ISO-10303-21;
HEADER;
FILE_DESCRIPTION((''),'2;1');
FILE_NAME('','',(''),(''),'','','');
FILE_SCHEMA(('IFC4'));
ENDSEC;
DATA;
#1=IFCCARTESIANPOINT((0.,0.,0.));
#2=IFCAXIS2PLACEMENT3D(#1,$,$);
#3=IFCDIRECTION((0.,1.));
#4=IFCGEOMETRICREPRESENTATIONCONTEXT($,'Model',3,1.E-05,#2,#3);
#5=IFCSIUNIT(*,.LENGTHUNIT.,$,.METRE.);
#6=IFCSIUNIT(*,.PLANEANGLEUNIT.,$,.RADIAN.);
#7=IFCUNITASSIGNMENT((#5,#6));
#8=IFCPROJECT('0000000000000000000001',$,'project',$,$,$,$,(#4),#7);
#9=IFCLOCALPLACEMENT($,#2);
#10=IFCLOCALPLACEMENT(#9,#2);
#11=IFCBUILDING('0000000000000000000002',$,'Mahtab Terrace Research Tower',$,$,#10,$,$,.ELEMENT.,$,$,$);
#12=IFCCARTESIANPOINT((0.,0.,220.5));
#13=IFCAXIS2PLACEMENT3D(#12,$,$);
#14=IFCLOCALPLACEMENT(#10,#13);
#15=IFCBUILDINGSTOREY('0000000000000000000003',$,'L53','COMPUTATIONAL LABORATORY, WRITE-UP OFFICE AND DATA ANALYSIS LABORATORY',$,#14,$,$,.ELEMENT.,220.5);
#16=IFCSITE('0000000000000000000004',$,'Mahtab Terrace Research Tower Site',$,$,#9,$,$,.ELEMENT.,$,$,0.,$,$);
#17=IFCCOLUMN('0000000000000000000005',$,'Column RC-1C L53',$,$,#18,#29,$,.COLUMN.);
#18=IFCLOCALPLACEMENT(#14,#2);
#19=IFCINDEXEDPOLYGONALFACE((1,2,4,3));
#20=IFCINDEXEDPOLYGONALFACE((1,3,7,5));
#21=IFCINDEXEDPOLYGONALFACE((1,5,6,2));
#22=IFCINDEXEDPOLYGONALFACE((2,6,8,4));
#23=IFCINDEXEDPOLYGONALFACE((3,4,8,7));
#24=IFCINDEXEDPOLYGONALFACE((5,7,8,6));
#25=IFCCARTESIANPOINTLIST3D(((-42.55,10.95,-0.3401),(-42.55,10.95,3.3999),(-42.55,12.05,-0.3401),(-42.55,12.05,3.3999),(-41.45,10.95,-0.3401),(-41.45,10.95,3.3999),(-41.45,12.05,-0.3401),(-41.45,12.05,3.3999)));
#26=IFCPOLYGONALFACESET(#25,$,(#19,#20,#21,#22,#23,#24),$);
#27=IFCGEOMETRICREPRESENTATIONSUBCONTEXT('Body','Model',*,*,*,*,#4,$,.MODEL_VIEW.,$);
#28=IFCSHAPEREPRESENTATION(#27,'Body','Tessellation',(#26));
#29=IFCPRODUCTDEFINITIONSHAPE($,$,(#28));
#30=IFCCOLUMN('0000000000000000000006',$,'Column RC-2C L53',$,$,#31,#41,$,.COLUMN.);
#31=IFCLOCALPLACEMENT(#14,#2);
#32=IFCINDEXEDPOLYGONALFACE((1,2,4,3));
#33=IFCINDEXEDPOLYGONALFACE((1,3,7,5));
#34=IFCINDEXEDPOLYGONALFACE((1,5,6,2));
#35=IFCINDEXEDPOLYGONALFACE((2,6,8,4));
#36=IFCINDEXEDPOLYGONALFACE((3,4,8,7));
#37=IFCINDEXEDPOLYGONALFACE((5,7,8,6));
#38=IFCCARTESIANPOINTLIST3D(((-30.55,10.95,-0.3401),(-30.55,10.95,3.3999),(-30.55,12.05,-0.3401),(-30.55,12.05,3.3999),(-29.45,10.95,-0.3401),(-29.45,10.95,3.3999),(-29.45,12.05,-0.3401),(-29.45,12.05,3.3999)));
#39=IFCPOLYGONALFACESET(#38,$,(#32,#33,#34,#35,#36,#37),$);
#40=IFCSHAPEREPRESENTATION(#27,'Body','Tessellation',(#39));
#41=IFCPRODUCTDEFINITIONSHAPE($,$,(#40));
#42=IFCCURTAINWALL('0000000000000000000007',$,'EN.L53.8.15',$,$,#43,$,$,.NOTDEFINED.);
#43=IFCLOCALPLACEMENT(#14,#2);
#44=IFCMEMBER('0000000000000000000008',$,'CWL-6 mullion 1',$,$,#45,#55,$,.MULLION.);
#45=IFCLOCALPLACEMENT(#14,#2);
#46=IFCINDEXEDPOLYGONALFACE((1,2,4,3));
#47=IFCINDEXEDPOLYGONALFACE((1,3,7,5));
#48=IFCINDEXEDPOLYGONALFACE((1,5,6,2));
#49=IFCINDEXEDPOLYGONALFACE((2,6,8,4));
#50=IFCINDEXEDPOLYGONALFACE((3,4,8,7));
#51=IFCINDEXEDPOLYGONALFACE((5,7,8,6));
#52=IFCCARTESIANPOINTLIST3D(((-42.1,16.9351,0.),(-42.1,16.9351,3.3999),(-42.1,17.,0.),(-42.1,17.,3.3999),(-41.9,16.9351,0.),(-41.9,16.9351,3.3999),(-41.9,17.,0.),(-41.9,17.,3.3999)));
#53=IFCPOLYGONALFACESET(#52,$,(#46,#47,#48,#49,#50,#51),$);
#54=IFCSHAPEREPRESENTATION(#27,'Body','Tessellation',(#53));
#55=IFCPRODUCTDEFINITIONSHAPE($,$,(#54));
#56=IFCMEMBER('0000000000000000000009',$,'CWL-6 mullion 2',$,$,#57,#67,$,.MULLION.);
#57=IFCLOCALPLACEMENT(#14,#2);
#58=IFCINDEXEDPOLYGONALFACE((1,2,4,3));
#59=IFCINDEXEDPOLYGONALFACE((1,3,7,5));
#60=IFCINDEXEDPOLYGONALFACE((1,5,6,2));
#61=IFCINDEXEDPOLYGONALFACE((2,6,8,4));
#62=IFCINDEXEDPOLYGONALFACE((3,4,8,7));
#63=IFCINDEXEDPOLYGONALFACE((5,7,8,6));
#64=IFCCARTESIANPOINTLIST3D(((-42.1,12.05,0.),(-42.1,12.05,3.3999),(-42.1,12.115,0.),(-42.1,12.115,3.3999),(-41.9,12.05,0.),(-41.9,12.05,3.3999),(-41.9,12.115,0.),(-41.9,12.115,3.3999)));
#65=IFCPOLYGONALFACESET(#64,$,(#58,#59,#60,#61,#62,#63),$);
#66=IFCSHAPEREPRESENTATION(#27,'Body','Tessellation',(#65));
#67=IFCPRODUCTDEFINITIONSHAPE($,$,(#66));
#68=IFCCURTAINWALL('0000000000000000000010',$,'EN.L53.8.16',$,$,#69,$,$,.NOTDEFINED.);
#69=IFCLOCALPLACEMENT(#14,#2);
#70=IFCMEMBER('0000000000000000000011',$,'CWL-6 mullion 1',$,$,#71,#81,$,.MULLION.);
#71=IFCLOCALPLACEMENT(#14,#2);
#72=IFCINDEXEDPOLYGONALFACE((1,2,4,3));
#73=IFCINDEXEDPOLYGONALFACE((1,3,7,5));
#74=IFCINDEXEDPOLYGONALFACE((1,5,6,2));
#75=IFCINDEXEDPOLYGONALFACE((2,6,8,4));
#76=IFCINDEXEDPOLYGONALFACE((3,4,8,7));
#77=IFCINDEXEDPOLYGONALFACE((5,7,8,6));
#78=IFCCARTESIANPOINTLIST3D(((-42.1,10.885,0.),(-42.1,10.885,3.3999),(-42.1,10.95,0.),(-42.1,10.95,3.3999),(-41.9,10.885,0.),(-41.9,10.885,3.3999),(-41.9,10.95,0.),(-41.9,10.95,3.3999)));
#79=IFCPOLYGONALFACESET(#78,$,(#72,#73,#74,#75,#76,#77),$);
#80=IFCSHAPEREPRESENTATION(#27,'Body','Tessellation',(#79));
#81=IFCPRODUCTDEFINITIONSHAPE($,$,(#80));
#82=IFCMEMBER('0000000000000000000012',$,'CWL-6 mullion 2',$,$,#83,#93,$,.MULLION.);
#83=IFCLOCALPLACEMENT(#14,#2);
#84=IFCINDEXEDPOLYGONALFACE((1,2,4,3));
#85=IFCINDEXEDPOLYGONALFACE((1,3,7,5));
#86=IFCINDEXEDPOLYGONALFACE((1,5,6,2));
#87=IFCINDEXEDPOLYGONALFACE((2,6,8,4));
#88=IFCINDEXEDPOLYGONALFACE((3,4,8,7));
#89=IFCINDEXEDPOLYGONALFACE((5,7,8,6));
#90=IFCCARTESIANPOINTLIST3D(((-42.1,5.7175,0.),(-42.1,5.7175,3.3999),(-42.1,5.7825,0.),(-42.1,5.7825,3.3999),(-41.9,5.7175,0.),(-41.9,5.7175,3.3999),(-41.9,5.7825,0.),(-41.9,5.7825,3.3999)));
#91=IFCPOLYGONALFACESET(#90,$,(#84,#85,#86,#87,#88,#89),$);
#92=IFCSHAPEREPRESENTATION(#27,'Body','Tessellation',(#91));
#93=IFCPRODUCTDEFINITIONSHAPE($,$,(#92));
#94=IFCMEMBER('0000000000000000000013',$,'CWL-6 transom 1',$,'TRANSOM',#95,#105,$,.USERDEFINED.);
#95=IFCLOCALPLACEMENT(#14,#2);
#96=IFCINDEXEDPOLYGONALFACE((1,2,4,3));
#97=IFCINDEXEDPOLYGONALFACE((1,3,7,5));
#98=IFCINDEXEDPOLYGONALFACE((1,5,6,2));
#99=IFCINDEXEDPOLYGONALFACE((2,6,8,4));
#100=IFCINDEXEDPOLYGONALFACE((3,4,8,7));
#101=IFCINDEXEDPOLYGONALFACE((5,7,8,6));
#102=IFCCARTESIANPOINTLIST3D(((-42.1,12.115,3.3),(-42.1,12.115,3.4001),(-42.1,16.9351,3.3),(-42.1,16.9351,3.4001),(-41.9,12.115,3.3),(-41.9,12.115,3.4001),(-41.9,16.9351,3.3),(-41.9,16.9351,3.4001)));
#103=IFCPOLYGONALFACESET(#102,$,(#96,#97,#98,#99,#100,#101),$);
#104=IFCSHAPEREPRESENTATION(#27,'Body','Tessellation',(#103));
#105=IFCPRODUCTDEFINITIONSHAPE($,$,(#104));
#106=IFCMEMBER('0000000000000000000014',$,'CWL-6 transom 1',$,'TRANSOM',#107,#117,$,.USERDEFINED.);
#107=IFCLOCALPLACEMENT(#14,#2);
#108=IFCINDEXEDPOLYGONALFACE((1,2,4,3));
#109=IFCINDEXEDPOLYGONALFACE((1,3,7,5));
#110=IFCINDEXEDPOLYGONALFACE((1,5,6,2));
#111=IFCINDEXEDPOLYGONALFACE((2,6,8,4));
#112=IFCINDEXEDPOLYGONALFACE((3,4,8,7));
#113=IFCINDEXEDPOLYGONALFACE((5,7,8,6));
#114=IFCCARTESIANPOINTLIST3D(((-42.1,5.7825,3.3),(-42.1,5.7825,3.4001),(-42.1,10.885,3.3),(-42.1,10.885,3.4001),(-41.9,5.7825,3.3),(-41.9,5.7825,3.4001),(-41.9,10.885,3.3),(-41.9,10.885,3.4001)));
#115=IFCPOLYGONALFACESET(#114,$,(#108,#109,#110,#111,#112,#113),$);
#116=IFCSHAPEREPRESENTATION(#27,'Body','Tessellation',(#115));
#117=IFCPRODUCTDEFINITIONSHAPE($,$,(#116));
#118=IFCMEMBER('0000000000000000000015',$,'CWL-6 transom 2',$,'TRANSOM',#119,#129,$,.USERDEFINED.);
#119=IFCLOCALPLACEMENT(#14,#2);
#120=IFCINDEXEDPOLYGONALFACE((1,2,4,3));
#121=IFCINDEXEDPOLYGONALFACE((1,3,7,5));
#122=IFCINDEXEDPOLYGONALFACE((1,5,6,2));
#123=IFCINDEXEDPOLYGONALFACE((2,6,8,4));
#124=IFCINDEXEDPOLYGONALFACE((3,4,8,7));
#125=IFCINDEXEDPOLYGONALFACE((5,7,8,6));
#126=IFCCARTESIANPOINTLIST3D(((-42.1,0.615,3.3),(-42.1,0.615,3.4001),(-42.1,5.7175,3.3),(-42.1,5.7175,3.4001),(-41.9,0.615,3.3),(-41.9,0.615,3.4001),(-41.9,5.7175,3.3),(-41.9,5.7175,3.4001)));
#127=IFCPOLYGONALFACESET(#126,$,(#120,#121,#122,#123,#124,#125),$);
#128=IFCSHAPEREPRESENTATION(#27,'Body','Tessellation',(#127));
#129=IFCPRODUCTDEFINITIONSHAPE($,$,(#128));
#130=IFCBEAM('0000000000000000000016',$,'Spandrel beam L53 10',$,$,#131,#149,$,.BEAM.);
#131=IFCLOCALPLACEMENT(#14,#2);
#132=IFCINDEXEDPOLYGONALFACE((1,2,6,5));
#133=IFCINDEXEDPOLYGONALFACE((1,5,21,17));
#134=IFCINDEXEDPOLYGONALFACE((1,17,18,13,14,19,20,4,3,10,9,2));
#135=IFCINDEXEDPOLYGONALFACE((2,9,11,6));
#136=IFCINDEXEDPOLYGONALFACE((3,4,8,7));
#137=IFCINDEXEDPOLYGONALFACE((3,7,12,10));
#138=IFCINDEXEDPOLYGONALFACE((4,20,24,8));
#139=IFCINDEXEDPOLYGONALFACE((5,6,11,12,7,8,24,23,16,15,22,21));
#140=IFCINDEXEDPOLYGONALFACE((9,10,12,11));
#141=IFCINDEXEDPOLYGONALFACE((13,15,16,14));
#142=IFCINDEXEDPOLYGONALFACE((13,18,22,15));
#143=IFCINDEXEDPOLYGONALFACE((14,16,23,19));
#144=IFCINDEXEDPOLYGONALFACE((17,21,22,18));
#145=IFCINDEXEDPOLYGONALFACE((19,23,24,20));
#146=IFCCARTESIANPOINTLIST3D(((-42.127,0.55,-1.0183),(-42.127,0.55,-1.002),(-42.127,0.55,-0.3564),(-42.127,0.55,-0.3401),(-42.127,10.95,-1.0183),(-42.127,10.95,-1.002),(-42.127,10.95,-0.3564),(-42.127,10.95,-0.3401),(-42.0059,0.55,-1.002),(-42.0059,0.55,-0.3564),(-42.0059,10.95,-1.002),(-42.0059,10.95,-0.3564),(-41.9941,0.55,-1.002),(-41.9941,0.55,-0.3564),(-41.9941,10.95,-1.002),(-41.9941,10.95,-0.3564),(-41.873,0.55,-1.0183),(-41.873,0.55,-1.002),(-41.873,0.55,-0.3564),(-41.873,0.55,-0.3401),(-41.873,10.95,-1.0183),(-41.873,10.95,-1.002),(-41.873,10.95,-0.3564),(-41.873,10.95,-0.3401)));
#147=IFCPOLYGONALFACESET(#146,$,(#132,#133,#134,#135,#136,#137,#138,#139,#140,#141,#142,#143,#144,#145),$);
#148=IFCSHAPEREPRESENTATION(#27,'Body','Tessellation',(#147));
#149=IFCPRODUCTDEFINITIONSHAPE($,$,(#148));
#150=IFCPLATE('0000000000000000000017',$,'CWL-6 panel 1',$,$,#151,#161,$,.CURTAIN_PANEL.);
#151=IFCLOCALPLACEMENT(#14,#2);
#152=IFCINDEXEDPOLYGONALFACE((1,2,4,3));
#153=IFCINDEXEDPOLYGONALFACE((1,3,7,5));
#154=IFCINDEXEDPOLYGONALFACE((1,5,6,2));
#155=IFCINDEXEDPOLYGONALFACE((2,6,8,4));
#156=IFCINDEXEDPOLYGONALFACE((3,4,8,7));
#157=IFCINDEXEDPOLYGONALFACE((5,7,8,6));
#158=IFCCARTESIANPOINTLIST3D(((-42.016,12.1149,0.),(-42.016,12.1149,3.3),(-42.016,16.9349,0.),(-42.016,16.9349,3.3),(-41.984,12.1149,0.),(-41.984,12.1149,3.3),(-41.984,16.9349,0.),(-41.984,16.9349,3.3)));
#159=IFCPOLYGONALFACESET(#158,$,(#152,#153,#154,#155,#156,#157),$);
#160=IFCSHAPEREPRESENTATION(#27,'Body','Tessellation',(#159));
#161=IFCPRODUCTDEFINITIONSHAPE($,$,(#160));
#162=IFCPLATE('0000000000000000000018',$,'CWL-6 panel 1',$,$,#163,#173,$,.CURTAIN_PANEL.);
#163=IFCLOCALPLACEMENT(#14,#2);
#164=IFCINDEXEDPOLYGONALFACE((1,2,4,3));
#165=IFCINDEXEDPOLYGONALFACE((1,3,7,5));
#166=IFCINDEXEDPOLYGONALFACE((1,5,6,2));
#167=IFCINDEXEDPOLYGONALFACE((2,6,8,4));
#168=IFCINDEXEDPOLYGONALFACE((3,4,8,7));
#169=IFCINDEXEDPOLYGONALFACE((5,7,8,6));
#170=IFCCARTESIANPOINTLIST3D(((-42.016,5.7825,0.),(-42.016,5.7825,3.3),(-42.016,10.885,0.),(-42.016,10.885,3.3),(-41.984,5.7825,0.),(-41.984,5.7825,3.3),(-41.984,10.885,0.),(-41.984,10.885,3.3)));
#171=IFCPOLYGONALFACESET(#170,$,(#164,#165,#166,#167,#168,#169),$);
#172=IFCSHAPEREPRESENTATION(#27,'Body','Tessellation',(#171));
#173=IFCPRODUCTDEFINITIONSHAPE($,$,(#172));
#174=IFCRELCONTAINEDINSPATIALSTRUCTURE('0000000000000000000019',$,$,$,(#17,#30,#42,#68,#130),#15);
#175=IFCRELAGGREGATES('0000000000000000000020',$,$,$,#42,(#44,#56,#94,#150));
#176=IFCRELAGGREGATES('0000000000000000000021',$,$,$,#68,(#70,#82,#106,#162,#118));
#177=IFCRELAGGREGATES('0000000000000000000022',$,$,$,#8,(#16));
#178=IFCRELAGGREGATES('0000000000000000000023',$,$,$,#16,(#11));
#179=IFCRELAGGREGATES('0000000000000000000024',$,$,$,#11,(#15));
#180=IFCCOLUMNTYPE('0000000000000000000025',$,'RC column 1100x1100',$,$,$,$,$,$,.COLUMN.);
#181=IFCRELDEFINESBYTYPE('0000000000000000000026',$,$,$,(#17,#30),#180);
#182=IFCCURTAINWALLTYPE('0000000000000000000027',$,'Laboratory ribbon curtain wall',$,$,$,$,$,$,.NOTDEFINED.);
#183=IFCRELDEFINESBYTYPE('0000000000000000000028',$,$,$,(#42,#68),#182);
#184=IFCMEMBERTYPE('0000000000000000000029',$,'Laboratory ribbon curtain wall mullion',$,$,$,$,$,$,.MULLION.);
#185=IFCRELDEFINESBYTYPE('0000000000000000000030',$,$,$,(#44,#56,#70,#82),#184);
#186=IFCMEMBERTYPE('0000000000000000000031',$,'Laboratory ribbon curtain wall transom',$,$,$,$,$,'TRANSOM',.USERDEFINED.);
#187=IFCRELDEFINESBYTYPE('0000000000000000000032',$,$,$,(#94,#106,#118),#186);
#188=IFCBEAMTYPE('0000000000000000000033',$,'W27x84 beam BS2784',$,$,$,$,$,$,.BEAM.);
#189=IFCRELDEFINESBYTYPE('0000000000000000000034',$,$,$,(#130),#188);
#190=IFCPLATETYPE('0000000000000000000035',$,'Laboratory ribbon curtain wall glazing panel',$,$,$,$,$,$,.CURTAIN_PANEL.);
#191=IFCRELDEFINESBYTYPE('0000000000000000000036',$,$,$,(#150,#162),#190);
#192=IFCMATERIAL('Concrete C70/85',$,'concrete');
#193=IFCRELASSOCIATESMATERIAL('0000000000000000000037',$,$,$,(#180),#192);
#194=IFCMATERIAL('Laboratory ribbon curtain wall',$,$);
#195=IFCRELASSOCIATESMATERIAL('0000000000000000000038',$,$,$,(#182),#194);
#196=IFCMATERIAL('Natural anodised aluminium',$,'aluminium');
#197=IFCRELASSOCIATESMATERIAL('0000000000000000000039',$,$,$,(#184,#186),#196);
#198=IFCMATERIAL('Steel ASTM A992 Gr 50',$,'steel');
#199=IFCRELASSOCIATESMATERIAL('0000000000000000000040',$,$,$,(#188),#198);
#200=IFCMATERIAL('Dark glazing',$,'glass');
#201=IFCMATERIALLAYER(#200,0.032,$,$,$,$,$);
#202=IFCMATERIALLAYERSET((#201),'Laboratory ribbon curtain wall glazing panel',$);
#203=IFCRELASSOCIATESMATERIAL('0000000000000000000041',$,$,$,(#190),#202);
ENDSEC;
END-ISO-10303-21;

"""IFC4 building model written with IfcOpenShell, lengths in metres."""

from ifc_helpers import new_model, si_unit, direction, frame, origin, origin_2d, place, context, subcontext, project, spatial, rectangle, i_section, extrude, material, layer, layer_set, material_profile, profile_set, type_object, element, aggregate, save


model = new_model("IFC4")

# Units and contexts
model_context = context("Model", 3, precision=1e-05, world=origin(), true_north=direction((0.0, 1.0)))
body_context = subcontext(model_context, "Body", "Model", "MODEL_VIEW")
ifc_project = project(units=[si_unit("LENGTHUNIT", "METRE"), si_unit("PLANEANGLEUNIT", "RADIAN")], contexts=[model_context])

# Site, building, storey
site_placement = place(None, origin())
site = spatial("IfcSite", under=ifc_project, at=site_placement, Name="Mahtab Terrace Research Tower Site", CompositionType="ELEMENT", RefElevation=0.0)
building_placement = place(site_placement, origin())
building = spatial("IfcBuilding", under=site, at=building_placement, Name="Mahtab Terrace Research Tower", CompositionType="ELEMENT")
storey_placement = place(building_placement, frame((0.0, 0.0, 220.5)))
storey = spatial("IfcBuildingStorey", under=building, at=storey_placement, Name="L53", Description="COMPUTATIONAL LABORATORY, WRITE-UP OFFICE AND DATA ANALYSIS LABORATORY", CompositionType="ELEMENT", Elevation=220.5)

# Columns
ifc_material_1 = material(Name="Concrete C70/85", Category="concrete")
ifc_material_profile_1 = material_profile(ifc_material_1, rectangle(XDim=1.1001, YDim=1.1001, at=origin_2d()), Name="RC column 1100x1100")
ifc_profile_set_1 = profile_set([ifc_material_profile_1], Name="Concrete C70/85")
column_type = type_object("IfcColumnType", Name="RC column 1100x1100", PredefinedType="COLUMN", material=ifc_profile_set_1)
for number, where, z_axis, x_axis, name in (
    (1, (-42.0, 11.5, -0.3401), (0.0, 0.0, 1.0), (1.0, 0.0, 0.0), "Column RC-1C L53"),
    (2, (-30.0, 11.5, -0.3401), (0.0, 0.0, 1.0), (1.0, 0.0, 0.0), "Column RC-2C L53"),
):
    element("IfcColumn", number, at=place(storey_placement, frame(where, z_axis=z_axis, x_axis=x_axis)), inside=storey, type_object=column_type, Name=name, PredefinedType="COLUMN", context=body_context, shape_type="SweptSolid", body=[
        extrude(rectangle(XDim=1.1001, YDim=1.1001, at=origin_2d()), origin(), (0.0, 0.0, 1.0), 3.74),
    ])

# Curtain walls, members
ifc_material_2 = material(Name="Laboratory ribbon curtain wall")
curtain_wall_type = type_object("IfcCurtainWallType", Name="Laboratory ribbon curtain wall", PredefinedType="NOTDEFINED", material=ifc_material_2)
curtain_wall_1_placement = place(storey_placement, origin())
curtain_wall_1 = element("IfcCurtainWall", 3, at=curtain_wall_1_placement, inside=storey, type_object=curtain_wall_type, Name="EN.L53.8.15", PredefinedType="NOTDEFINED")
ifc_material_3 = material(Name="Natural anodised aluminium", Category="aluminium")
ifc_material_profile_2 = material_profile(ifc_material_3, rectangle(XDim=0.2, YDim=0.0649, at=origin_2d()), Name="MULLION 65x200")
ifc_profile_set_2 = profile_set([ifc_material_profile_2], Name="Natural anodised aluminium")
member_type_1 = type_object("IfcMemberType", Name="Laboratory ribbon curtain wall mullion", PredefinedType="MULLION", material=ifc_profile_set_2)
member_1_placement = place(storey_placement, frame((-42.0, 16.9675, 0.0), z_axis=(0.0, 0.0, 1.0), x_axis=(1.0, 0.0, 0.0)))
member_1 = element("IfcMember", 4, at=member_1_placement, type_object=member_type_1, Name="CWL-6 mullion 1", PredefinedType="MULLION", context=body_context, shape_type="SweptSolid", body=[
    extrude(rectangle(XDim=0.2, YDim=0.0649, at=origin_2d()), origin(), (0.0, 0.0, 1.0), 3.3999),
])
member_2_placement = place(storey_placement, frame((-42.0, 12.0825, 0.0), z_axis=(0.0, 0.0, 1.0), x_axis=(1.0, 0.0, 0.0)))
member_2 = element("IfcMember", 5, at=member_2_placement, type_object=member_type_1, Name="CWL-6 mullion 2", PredefinedType="MULLION", context=body_context, shape_type="SweptSolid", body=[
    extrude(rectangle(XDim=0.2, YDim=0.0649, at=origin_2d()), origin(), (0.0, 0.0, 1.0), 3.3999),
])
curtain_wall_2_placement = place(storey_placement, origin())
curtain_wall_2 = element("IfcCurtainWall", 6, at=curtain_wall_2_placement, inside=storey, type_object=curtain_wall_type, Name="EN.L53.8.16", PredefinedType="NOTDEFINED")
member_3_placement = place(storey_placement, frame((-42.0, 10.9175, 0.0), z_axis=(0.0, 0.0, 1.0), x_axis=(1.0, 0.0, 0.0)))
member_3 = element("IfcMember", 7, at=member_3_placement, type_object=member_type_1, Name="CWL-6 mullion 1", PredefinedType="MULLION", context=body_context, shape_type="SweptSolid", body=[
    extrude(rectangle(XDim=0.2, YDim=0.0649, at=origin_2d()), origin(), (0.0, 0.0, 1.0), 3.3999),
])
member_4_placement = place(storey_placement, frame((-42.0, 5.75, 0.0), z_axis=(0.0, 0.0, 1.0), x_axis=(1.0, 0.0, 0.0)))
member_4 = element("IfcMember", 8, at=member_4_placement, type_object=member_type_1, Name="CWL-6 mullion 2", PredefinedType="MULLION", context=body_context, shape_type="SweptSolid", body=[
    extrude(rectangle(XDim=0.2, YDim=0.0649, at=origin_2d()), origin(), (0.0, 0.0, 1.0), 3.3999),
])

# Members
ifc_material_profile_3 = material_profile(ifc_material_3, rectangle(XDim=0.2, YDim=0.1001, at=origin_2d()), Name="TRANSOM 100x200")
ifc_profile_set_3 = profile_set([ifc_material_profile_3], Name="Natural anodised aluminium")
member_type_2 = type_object("IfcMemberType", Name="Laboratory ribbon curtain wall transom", ElementType="TRANSOM", PredefinedType="USERDEFINED", material=ifc_profile_set_3)
member_5_placement = place(storey_placement, frame((-42.0, 16.9351, 3.3501), z_axis=(0.0, -1.0, 0.0), x_axis=(1.0, 0.0, 0.0)))
member_5 = element("IfcMember", 9, at=member_5_placement, type_object=member_type_2, Name="CWL-6 transom 1", ObjectType="TRANSOM", PredefinedType="USERDEFINED", context=body_context, shape_type="SweptSolid", body=[
    extrude(rectangle(XDim=0.2, YDim=0.1001, at=origin_2d()), origin(), (0.0, 0.0, 1.0), 4.8201),
])
member_6_placement = place(storey_placement, frame((-42.0, 10.885, 3.3501), z_axis=(0.0, -1.0, 0.0), x_axis=(1.0, 0.0, 0.0)))
member_6 = element("IfcMember", 10, at=member_6_placement, type_object=member_type_2, Name="CWL-6 transom 1", ObjectType="TRANSOM", PredefinedType="USERDEFINED", context=body_context, shape_type="SweptSolid", body=[
    extrude(rectangle(XDim=0.2, YDim=0.1001, at=origin_2d()), origin(), (0.0, 0.0, 1.0), 5.1025),
])
member_7_placement = place(storey_placement, frame((-42.0, 5.7175, 3.3501), z_axis=(0.0, -1.0, 0.0), x_axis=(1.0, 0.0, 0.0)))
member_7 = element("IfcMember", 11, at=member_7_placement, type_object=member_type_2, Name="CWL-6 transom 2", ObjectType="TRANSOM", PredefinedType="USERDEFINED", context=body_context, shape_type="SweptSolid", body=[
    extrude(rectangle(XDim=0.2, YDim=0.1001, at=origin_2d()), origin(), (0.0, 0.0, 1.0), 5.1025),
])

# Beam
ifc_material_4 = material(Name="Steel ASTM A992 Gr 50", Category="steel")
ifc_material_profile_4 = material_profile(ifc_material_4, i_section(OverallWidth=0.2539, OverallDepth=0.6782, WebThickness=0.0117, FlangeThickness=0.0164, at=origin_2d()), Name="W27X84")
ifc_profile_set_4 = profile_set([ifc_material_profile_4], Name="Steel ASTM A992 Gr 50")
beam_type = type_object("IfcBeamType", Name="W27x84 beam BS2784", PredefinedType="BEAM", material=ifc_profile_set_4)
beam_placement = place(storey_placement, frame((-42.0, 10.95, -0.6792), z_axis=(0.0, -1.0, 0.0), x_axis=(1.0, 0.0, 0.0)))
element("IfcBeam", 12, at=beam_placement, inside=storey, type_object=beam_type, Name="Spandrel beam L53 10", PredefinedType="BEAM", context=body_context, shape_type="SweptSolid", body=[
    extrude(i_section(OverallWidth=0.2539, OverallDepth=0.6782, WebThickness=0.0117, FlangeThickness=0.0164, at=origin_2d()), origin(), (0.0, 0.0, 1.0), 10.3999),
])

# Plates
ifc_material_5 = material(Name="Dark glazing", Category="glass")
ifc_layer_1 = layer(ifc_material_5, 0.032)
ifc_layer_set_1 = layer_set([ifc_layer_1], Name="Laboratory ribbon curtain wall glazing panel")
plate_type = type_object("IfcPlateType", Name="Laboratory ribbon curtain wall glazing panel", PredefinedType="CURTAIN_PANEL", material=ifc_layer_set_1)
plate_1_placement = place(storey_placement, frame((-42.0, 14.5249, 0.0), z_axis=(0.0, 0.0, 1.0), x_axis=(0.0, -1.0, 0.0)))
plate_1 = element("IfcPlate", 13, at=plate_1_placement, type_object=plate_type, Name="CWL-6 panel 1", PredefinedType="CURTAIN_PANEL", context=body_context, shape_type="SweptSolid", body=[
    extrude(rectangle(XDim=4.8201, YDim=0.032, at=origin_2d()), origin(), (0.0, 0.0, 1.0), 3.3),
])
aggregate(curtain_wall_1, [member_1, member_2, member_5, plate_1])
plate_2_placement = place(storey_placement, frame((-42.0, 8.3337, 0.0), z_axis=(0.0, 0.0, 1.0), x_axis=(0.0, -1.0, 0.0)))
plate_2 = element("IfcPlate", 14, at=plate_2_placement, type_object=plate_type, Name="CWL-6 panel 1", PredefinedType="CURTAIN_PANEL", context=body_context, shape_type="SweptSolid", body=[
    extrude(rectangle(XDim=5.1025, YDim=0.032, at=origin_2d()), origin(), (0.0, 0.0, 1.0), 3.3),
])
aggregate(curtain_wall_2, [member_3, member_4, member_6, plate_2, member_7])

save(model, "model.ifc")
